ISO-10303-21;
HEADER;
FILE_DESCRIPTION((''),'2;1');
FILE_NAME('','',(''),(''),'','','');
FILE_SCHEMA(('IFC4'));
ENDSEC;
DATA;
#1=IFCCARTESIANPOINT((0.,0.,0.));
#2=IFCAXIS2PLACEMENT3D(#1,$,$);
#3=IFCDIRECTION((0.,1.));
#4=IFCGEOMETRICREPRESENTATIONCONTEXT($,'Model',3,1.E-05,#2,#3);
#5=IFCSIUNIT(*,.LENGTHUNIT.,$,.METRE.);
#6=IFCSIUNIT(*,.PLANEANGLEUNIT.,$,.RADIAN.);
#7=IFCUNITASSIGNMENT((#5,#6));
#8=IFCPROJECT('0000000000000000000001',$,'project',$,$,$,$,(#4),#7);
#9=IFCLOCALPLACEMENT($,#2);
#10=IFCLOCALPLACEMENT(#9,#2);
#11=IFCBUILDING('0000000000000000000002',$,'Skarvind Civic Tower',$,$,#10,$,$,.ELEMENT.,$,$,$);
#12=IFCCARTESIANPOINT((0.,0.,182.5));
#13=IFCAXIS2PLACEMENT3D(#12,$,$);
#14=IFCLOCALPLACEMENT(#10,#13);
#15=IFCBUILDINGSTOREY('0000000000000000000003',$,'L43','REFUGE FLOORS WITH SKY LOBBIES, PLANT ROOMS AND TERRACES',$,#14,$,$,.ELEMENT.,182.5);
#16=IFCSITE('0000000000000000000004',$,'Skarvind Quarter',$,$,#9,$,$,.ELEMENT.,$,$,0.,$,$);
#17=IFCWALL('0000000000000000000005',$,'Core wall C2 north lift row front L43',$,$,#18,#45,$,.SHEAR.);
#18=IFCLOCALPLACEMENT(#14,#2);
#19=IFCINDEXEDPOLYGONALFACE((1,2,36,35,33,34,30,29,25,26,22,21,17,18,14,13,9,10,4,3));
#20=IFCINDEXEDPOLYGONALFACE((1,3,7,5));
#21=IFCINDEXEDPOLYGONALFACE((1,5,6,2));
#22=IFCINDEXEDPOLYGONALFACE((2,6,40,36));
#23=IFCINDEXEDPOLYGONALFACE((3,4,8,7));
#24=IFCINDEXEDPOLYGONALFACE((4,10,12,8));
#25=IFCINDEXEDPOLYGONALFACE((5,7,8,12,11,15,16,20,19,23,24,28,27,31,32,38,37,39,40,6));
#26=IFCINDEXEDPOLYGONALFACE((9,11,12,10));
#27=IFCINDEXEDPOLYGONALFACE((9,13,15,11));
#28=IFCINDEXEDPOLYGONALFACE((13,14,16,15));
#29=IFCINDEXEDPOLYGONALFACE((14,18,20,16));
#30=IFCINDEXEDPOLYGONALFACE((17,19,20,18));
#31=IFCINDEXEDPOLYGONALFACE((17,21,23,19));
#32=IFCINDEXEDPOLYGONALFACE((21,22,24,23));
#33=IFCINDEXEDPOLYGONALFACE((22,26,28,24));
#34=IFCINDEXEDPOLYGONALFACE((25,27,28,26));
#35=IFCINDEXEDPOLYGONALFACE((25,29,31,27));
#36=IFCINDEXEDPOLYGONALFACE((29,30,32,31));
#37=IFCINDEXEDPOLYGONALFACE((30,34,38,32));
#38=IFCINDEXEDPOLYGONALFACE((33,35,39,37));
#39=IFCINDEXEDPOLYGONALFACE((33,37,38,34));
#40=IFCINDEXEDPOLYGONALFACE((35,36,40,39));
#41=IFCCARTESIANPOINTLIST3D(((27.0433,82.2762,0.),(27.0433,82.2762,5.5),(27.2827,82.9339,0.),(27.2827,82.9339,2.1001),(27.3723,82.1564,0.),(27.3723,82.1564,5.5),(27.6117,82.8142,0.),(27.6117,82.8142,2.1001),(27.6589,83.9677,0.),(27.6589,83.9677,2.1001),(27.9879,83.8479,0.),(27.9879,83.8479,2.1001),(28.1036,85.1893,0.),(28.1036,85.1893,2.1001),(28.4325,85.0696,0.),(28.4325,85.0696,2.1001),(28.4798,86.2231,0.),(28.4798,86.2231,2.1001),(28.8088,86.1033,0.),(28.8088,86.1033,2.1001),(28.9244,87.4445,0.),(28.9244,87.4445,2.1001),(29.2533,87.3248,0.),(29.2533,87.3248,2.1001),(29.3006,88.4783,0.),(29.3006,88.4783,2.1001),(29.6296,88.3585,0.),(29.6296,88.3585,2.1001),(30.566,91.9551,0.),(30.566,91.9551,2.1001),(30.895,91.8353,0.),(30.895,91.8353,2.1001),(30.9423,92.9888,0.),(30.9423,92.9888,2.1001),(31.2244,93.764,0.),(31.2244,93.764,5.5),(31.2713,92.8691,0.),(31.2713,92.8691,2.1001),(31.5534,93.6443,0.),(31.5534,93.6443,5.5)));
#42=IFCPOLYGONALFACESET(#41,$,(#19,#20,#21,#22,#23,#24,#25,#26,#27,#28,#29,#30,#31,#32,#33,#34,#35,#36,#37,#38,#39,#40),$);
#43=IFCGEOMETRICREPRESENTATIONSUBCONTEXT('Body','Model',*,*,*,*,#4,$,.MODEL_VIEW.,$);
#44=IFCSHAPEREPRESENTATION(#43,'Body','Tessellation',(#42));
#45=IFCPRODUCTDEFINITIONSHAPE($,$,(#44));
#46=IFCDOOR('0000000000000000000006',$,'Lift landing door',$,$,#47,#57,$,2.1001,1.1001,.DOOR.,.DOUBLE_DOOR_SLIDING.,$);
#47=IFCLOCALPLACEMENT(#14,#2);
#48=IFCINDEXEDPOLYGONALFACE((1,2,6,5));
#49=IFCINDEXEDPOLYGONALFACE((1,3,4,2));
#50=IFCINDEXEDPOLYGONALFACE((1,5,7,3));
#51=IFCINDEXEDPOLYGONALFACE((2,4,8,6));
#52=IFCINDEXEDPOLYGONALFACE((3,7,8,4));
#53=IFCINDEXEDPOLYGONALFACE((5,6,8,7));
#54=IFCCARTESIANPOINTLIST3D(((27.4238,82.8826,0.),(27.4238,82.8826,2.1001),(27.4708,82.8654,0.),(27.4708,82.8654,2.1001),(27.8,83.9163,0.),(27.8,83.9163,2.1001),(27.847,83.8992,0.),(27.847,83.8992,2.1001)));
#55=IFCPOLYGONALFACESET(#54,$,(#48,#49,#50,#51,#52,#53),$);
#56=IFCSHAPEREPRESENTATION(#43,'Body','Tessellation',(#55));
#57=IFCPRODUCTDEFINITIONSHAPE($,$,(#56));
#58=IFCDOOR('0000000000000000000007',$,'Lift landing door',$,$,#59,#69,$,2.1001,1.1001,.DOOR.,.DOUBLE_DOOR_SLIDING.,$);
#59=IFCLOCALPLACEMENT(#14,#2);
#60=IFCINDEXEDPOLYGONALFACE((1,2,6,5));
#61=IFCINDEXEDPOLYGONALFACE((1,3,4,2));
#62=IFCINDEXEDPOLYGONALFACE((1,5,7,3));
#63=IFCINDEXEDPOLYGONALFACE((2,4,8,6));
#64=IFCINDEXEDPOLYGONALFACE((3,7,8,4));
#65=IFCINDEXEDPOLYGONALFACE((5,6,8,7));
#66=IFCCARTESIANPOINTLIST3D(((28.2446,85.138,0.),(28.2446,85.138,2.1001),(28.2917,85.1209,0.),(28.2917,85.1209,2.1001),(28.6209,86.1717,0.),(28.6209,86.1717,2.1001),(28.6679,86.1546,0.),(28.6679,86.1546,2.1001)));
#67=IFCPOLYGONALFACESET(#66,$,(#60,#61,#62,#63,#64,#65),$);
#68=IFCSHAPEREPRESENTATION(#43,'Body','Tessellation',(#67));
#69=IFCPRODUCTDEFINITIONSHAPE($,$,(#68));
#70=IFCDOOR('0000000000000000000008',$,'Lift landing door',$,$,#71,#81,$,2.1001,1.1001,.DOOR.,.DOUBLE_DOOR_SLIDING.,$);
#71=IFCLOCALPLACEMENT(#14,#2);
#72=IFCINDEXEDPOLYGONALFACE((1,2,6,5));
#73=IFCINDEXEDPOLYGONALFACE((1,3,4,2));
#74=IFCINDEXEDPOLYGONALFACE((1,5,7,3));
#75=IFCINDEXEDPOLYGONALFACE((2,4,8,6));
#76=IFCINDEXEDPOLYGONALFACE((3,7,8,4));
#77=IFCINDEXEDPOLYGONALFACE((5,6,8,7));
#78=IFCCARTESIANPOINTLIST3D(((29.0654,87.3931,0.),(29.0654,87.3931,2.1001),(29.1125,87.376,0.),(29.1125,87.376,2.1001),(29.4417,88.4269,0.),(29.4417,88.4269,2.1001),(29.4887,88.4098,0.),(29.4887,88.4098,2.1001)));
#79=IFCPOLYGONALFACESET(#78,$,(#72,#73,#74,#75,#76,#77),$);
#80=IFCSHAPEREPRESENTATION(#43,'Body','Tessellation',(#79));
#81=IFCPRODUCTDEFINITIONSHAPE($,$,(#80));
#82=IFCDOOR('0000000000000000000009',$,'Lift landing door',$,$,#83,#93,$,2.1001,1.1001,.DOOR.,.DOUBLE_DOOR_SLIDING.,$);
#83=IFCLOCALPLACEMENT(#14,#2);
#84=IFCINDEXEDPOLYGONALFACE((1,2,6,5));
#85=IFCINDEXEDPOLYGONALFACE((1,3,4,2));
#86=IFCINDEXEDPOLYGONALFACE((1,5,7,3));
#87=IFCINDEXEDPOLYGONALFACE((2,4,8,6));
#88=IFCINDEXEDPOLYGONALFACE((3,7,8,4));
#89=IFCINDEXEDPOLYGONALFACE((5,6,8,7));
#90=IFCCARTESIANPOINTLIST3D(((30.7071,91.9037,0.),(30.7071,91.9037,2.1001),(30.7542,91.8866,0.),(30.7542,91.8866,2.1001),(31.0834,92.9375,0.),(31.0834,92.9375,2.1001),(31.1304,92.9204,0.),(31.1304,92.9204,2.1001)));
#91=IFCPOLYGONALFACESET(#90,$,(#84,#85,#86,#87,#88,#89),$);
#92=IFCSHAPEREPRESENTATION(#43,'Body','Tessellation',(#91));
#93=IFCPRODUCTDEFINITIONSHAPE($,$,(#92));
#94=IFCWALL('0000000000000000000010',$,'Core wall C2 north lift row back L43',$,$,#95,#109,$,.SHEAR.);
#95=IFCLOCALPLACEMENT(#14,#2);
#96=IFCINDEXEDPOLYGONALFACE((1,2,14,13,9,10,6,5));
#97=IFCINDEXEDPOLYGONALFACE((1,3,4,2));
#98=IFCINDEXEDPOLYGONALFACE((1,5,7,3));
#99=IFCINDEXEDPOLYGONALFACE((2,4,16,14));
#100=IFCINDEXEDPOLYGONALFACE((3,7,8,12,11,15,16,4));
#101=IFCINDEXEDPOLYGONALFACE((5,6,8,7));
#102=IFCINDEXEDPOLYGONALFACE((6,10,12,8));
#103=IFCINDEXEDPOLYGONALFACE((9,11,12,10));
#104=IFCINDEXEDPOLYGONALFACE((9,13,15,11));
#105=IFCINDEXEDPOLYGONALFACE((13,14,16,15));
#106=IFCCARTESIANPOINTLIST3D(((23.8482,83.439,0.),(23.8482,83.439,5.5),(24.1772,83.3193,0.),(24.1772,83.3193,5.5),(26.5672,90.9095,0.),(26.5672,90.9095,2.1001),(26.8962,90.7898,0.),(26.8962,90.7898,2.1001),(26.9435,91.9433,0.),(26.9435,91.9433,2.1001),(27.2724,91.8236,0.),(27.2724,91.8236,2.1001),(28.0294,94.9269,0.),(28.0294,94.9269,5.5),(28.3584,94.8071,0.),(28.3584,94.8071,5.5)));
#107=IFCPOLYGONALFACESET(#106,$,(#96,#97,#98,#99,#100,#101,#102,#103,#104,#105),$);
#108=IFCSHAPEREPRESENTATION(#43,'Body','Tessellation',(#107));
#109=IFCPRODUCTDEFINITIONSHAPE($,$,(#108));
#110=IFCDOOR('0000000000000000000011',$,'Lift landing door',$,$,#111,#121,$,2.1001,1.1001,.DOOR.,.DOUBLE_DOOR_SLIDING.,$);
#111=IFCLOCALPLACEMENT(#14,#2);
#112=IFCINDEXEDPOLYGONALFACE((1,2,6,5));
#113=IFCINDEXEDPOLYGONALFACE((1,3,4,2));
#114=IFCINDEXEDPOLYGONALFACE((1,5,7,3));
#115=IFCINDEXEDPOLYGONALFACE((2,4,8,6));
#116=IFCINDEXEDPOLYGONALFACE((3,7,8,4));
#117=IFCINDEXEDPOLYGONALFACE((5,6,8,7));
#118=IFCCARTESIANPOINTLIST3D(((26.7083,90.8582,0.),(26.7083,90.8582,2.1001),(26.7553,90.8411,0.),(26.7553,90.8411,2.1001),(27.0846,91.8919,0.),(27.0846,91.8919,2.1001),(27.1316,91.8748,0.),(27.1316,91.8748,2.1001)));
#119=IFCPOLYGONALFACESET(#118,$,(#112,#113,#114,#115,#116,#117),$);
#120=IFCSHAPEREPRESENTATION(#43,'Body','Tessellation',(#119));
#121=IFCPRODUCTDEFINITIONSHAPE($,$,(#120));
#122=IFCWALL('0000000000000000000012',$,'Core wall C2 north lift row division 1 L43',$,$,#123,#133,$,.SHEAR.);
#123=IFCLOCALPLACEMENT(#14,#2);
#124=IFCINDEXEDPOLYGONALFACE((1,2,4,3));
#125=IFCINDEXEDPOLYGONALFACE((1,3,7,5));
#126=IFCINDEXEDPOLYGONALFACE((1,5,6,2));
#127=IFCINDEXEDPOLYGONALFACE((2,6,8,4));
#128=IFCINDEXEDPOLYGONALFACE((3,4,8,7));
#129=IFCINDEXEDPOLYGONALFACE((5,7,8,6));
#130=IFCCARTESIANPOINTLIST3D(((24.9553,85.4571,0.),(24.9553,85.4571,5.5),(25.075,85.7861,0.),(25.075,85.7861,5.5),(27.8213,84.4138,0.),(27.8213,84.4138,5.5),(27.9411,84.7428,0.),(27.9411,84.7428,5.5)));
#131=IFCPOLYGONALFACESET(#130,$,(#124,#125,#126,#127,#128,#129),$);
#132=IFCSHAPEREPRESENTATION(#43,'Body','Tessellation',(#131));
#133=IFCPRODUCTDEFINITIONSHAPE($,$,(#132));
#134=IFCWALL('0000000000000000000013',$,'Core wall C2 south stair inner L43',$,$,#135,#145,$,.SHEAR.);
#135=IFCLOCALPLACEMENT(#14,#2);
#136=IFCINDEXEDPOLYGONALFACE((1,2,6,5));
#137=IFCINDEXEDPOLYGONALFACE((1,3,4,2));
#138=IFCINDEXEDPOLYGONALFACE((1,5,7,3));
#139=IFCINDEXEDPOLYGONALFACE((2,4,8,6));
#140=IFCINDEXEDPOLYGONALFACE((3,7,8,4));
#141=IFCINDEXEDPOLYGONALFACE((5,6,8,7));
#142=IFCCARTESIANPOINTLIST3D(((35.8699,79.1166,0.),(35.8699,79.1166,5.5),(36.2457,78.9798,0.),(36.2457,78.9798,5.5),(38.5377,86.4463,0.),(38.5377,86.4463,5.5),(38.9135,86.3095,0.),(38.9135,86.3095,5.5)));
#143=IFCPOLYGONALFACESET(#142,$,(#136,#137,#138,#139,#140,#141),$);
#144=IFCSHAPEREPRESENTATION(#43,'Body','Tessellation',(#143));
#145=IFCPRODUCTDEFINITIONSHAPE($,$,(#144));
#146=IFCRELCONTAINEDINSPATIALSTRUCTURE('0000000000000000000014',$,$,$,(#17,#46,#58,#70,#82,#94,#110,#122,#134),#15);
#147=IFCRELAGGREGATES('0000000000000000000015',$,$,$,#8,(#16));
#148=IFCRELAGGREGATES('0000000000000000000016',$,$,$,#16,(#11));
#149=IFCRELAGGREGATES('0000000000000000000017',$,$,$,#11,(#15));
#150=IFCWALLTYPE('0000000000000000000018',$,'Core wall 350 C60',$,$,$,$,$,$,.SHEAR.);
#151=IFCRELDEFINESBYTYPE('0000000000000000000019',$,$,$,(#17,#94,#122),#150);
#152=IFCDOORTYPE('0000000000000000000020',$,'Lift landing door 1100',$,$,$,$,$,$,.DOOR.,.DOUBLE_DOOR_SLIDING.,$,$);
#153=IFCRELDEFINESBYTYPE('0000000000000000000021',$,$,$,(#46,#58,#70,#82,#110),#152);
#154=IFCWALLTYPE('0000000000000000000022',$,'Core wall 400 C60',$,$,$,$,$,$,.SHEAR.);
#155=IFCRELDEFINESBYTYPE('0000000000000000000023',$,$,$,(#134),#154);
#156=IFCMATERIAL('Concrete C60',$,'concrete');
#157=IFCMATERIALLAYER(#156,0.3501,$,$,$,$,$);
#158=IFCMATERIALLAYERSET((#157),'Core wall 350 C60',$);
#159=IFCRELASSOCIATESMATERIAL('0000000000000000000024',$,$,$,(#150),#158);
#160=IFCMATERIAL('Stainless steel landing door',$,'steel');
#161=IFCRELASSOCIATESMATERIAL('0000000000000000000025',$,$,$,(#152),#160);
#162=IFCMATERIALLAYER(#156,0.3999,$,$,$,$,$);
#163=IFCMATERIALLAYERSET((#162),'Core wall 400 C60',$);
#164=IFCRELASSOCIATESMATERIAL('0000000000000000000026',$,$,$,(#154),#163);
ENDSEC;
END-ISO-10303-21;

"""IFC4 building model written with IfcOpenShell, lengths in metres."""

from ifc_helpers import new_model, si_unit, direction, frame, frame_2d, origin, place, context, subcontext, project, spatial, rectangle, extrude, material, layer, layer_set, type_object, element, fill, save


model = new_model("IFC4")

# Units and contexts
model_context = context("Model", 3, precision=1e-05, world=origin(), true_north=direction((0.0, 1.0)))
body_context = subcontext(model_context, "Body", "Model", "MODEL_VIEW")
ifc_project = project(units=[si_unit("LENGTHUNIT", "METRE"), si_unit("PLANEANGLEUNIT", "RADIAN")], contexts=[model_context])

# Site, building, storey
site_placement = place(None, origin())
site = spatial("IfcSite", under=ifc_project, at=site_placement, Name="Skarvind Quarter", CompositionType="ELEMENT", RefElevation=0.0)
building_placement = place(site_placement, origin())
building = spatial("IfcBuilding", under=site, at=building_placement, Name="Skarvind Civic Tower", CompositionType="ELEMENT")
storey_placement = place(building_placement, frame((0.0, 0.0, 182.5)))
storey = spatial("IfcBuildingStorey", under=building, at=storey_placement, Name="L43", Description="REFUGE FLOORS WITH SKY LOBBIES, PLANT ROOMS AND TERRACES", CompositionType="ELEMENT", Elevation=182.5)

# Shared definitions
ifc_material_1 = material(Name="Concrete C60", Category="concrete")
ifc_layer_1 = layer(ifc_material_1, 0.3501)
ifc_layer_set_1 = layer_set([ifc_layer_1], Name="Core wall 350 C60")
wall_type_1 = type_object("IfcWallType", Name="Core wall 350 C60", PredefinedType="SHEAR", material=ifc_layer_set_1)

# Wall, openings, doors
wall_1_placement = place(storey_placement, frame((27.2078, 82.2163, 0.0), z_axis=(0.0, 0.0, 1.0), x_axis=(0.342016, 0.939694, 0.0)))
wall_1 = element("IfcWall", 1, at=wall_1_placement, inside=storey, type_object=wall_type_1, Name="Core wall C2 north lift row front L43", PredefinedType="SHEAR", context=body_context, shape_type="SweptSolid", body=[
    extrude(rectangle(XDim=12.2251, YDim=0.3501, at=frame_2d((6.1125, 0.0))), origin(), (0.0, 0.0, 1.0), 5.5),
])
opening_1_placement = place(wall_1_placement, frame((0.7, 0.0, 0.0)))
opening_1 = element("IfcOpeningElement", 2, at=opening_1_placement, cuts=wall_1, PredefinedType="OPENING", context=body_context, shape_type="SweptSolid", body=[
    extrude(rectangle(XDim=1.1001, YDim=2.1001, at=frame_2d((0.55, 1.05))), frame((0.0, 0.1851, 0.0), z_axis=(0.0, -1.0, 0.0), x_axis=(1.0, 0.0, 0.0)), (0.0, 0.0, 1.0), 0.3701),
])
opening_2_placement = place(wall_1_placement, frame((3.1001, 0.0, 0.0)))
opening_2 = element("IfcOpeningElement", 3, at=opening_2_placement, cuts=wall_1, PredefinedType="OPENING", context=body_context, shape_type="SweptSolid", body=[
    extrude(rectangle(XDim=1.1001, YDim=2.1001, at=frame_2d((0.55, 1.05))), frame((0.0, 0.1851, 0.0), z_axis=(0.0, -1.0, 0.0), x_axis=(1.0, 0.0, 0.0)), (0.0, 0.0, 1.0), 0.3701),
])
opening_3_placement = place(wall_1_placement, frame((5.5, 0.0, 0.0)))
opening_3 = element("IfcOpeningElement", 4, at=opening_3_placement, cuts=wall_1, PredefinedType="OPENING", context=body_context, shape_type="SweptSolid", body=[
    extrude(rectangle(XDim=1.1001, YDim=2.1001, at=frame_2d((0.55, 1.05))), frame((0.0, 0.1851, 0.0), z_axis=(0.0, -1.0, 0.0), x_axis=(1.0, 0.0, 0.0)), (0.0, 0.0, 1.0), 0.3701),
])
opening_4_placement = place(wall_1_placement, frame((10.3, 0.0, 0.0)))
opening_4 = element("IfcOpeningElement", 5, at=opening_4_placement, cuts=wall_1, PredefinedType="OPENING", context=body_context, shape_type="SweptSolid", body=[
    extrude(rectangle(XDim=1.1001, YDim=2.1001, at=frame_2d((0.55, 1.05))), frame((0.0, 0.1851, 0.0), z_axis=(0.0, -1.0, 0.0), x_axis=(1.0, 0.0, 0.0)), (0.0, 0.0, 1.0), 0.3701),
])
ifc_material_2 = material(Name="Stainless steel landing door", Category="steel")
door_type_1 = type_object("IfcDoorType", Name="Lift landing door 1100", OperationType="DOUBLE_DOOR_SLIDING", PredefinedType="DOOR", material=ifc_material_2)
door_1_placement = place(opening_1_placement, origin())
door_1 = element("IfcDoor", 6, at=door_1_placement, inside=storey, type_object=door_type_1, Name="Lift landing door", OperationType="DOUBLE_DOOR_SLIDING", OverallHeight=2.1001, OverallWidth=1.1001, PredefinedType="DOOR", context=body_context, shape_type="SweptSolid", body=[
    extrude(rectangle(XDim=1.1001, YDim=2.1001, at=frame_2d((0.55, 1.05))), frame((0.0, 0.0249, 0.0), z_axis=(0.0, -1.0, 0.0), x_axis=(1.0, 0.0, 0.0)), (0.0, 0.0, 1.0), 0.05),
])
fill(opening_1, door_1)
door_2_placement = place(opening_2_placement, origin())
door_2 = element("IfcDoor", 7, at=door_2_placement, inside=storey, type_object=door_type_1, Name="Lift landing door", OperationType="DOUBLE_DOOR_SLIDING", OverallHeight=2.1001, OverallWidth=1.1001, PredefinedType="DOOR", context=body_context, shape_type="SweptSolid", body=[
    extrude(rectangle(XDim=1.1001, YDim=2.1001, at=frame_2d((0.55, 1.05))), frame((0.0, 0.0249, 0.0), z_axis=(0.0, -1.0, 0.0), x_axis=(1.0, 0.0, 0.0)), (0.0, 0.0, 1.0), 0.05),
])
fill(opening_2, door_2)
door_3_placement = place(opening_3_placement, origin())
door_3 = element("IfcDoor", 8, at=door_3_placement, inside=storey, type_object=door_type_1, Name="Lift landing door", OperationType="DOUBLE_DOOR_SLIDING", OverallHeight=2.1001, OverallWidth=1.1001, PredefinedType="DOOR", context=body_context, shape_type="SweptSolid", body=[
    extrude(rectangle(XDim=1.1001, YDim=2.1001, at=frame_2d((0.55, 1.05))), frame((0.0, 0.0249, 0.0), z_axis=(0.0, -1.0, 0.0), x_axis=(1.0, 0.0, 0.0)), (0.0, 0.0, 1.0), 0.05),
])
fill(opening_3, door_3)
door_4_placement = place(opening_4_placement, origin())
door_4 = element("IfcDoor", 9, at=door_4_placement, inside=storey, type_object=door_type_1, Name="Lift landing door", OperationType="DOUBLE_DOOR_SLIDING", OverallHeight=2.1001, OverallWidth=1.1001, PredefinedType="DOOR", context=body_context, shape_type="SweptSolid", body=[
    extrude(rectangle(XDim=1.1001, YDim=2.1001, at=frame_2d((0.55, 1.05))), frame((0.0, 0.0249, 0.0), z_axis=(0.0, -1.0, 0.0), x_axis=(1.0, 0.0, 0.0)), (0.0, 0.0, 1.0), 0.05),
])
fill(opening_4, door_4)

# Wall, opening, door
wall_2_placement = place(storey_placement, frame((24.0127, 83.3792, 0.0), z_axis=(0.0, 0.0, 1.0), x_axis=(0.342016, 0.939694, 0.0)))
wall_2 = element("IfcWall", 10, at=wall_2_placement, inside=storey, type_object=wall_type_1, Name="Core wall C2 north lift row back L43", PredefinedType="SHEAR", context=body_context, shape_type="SweptSolid", body=[
    extrude(rectangle(XDim=12.2251, YDim=0.3501, at=frame_2d((6.1125, 0.0))), origin(), (0.0, 0.0, 1.0), 5.5),
])
opening_5_placement = place(wall_2_placement, frame((7.95, 0.0, 0.0)))
opening_5 = element("IfcOpeningElement", 11, at=opening_5_placement, cuts=wall_2, PredefinedType="OPENING", context=body_context, shape_type="SweptSolid", body=[
    extrude(rectangle(XDim=1.1001, YDim=2.1001, at=frame_2d((0.55, 1.05))), frame((0.0, 0.1851, 0.0), z_axis=(0.0, -1.0, 0.0), x_axis=(1.0, 0.0, 0.0)), (0.0, 0.0, 1.0), 0.3701),
])
door_5_placement = place(opening_5_placement, origin())
door_5 = element("IfcDoor", 12, at=door_5_placement, inside=storey, type_object=door_type_1, Name="Lift landing door", OperationType="DOUBLE_DOOR_SLIDING", OverallHeight=2.1001, OverallWidth=1.1001, PredefinedType="DOOR", context=body_context, shape_type="SweptSolid", body=[
    extrude(rectangle(XDim=1.1001, YDim=2.1001, at=frame_2d((0.55, 1.05))), frame((0.0, 0.0249, 0.0), z_axis=(0.0, -1.0, 0.0), x_axis=(1.0, 0.0, 0.0)), (0.0, 0.0, 1.0), 0.05),
])
fill(opening_5, door_5)

# Walls
wall_3_placement = place(storey_placement, frame((27.8811, 84.5784, 0.0), z_axis=(0.0, 0.0, 1.0), x_axis=(-0.939684, 0.342045, 0.0)))
element("IfcWall", 13, at=wall_3_placement, inside=storey, type_object=wall_type_1, Name="Core wall C2 north lift row division 1 L43", PredefinedType="SHEAR", context=body_context, shape_type="SweptSolid", body=[
    extrude(rectangle(XDim=3.05, YDim=0.3501, at=frame_2d((1.5249, 0.0))), origin(), (0.0, 0.0, 1.0), 5.5),
])
ifc_layer_2 = layer(ifc_material_1, 0.3999)
ifc_layer_set_2 = layer_set([ifc_layer_2], Name="Core wall 400 C60")
wall_type_2 = type_object("IfcWallType", Name="Core wall 400 C60", PredefinedType="SHEAR", material=ifc_layer_set_2)
wall_4_placement = place(storey_placement, frame((36.0579, 79.0483, 0.0), z_axis=(0.0, 0.0, 1.0), x_axis=(0.342017, 0.939694, 0.0)))
element("IfcWall", 14, at=wall_4_placement, inside=storey, type_object=wall_type_2, Name="Core wall C2 south stair inner L43", PredefinedType="SHEAR", context=body_context, shape_type="SweptSolid", body=[
    extrude(rectangle(XDim=7.8, YDim=0.3999, at=frame_2d((3.8999, 0.0))), origin(), (0.0, 0.0, 1.0), 5.5),
])

save(model, "model.ifc")
